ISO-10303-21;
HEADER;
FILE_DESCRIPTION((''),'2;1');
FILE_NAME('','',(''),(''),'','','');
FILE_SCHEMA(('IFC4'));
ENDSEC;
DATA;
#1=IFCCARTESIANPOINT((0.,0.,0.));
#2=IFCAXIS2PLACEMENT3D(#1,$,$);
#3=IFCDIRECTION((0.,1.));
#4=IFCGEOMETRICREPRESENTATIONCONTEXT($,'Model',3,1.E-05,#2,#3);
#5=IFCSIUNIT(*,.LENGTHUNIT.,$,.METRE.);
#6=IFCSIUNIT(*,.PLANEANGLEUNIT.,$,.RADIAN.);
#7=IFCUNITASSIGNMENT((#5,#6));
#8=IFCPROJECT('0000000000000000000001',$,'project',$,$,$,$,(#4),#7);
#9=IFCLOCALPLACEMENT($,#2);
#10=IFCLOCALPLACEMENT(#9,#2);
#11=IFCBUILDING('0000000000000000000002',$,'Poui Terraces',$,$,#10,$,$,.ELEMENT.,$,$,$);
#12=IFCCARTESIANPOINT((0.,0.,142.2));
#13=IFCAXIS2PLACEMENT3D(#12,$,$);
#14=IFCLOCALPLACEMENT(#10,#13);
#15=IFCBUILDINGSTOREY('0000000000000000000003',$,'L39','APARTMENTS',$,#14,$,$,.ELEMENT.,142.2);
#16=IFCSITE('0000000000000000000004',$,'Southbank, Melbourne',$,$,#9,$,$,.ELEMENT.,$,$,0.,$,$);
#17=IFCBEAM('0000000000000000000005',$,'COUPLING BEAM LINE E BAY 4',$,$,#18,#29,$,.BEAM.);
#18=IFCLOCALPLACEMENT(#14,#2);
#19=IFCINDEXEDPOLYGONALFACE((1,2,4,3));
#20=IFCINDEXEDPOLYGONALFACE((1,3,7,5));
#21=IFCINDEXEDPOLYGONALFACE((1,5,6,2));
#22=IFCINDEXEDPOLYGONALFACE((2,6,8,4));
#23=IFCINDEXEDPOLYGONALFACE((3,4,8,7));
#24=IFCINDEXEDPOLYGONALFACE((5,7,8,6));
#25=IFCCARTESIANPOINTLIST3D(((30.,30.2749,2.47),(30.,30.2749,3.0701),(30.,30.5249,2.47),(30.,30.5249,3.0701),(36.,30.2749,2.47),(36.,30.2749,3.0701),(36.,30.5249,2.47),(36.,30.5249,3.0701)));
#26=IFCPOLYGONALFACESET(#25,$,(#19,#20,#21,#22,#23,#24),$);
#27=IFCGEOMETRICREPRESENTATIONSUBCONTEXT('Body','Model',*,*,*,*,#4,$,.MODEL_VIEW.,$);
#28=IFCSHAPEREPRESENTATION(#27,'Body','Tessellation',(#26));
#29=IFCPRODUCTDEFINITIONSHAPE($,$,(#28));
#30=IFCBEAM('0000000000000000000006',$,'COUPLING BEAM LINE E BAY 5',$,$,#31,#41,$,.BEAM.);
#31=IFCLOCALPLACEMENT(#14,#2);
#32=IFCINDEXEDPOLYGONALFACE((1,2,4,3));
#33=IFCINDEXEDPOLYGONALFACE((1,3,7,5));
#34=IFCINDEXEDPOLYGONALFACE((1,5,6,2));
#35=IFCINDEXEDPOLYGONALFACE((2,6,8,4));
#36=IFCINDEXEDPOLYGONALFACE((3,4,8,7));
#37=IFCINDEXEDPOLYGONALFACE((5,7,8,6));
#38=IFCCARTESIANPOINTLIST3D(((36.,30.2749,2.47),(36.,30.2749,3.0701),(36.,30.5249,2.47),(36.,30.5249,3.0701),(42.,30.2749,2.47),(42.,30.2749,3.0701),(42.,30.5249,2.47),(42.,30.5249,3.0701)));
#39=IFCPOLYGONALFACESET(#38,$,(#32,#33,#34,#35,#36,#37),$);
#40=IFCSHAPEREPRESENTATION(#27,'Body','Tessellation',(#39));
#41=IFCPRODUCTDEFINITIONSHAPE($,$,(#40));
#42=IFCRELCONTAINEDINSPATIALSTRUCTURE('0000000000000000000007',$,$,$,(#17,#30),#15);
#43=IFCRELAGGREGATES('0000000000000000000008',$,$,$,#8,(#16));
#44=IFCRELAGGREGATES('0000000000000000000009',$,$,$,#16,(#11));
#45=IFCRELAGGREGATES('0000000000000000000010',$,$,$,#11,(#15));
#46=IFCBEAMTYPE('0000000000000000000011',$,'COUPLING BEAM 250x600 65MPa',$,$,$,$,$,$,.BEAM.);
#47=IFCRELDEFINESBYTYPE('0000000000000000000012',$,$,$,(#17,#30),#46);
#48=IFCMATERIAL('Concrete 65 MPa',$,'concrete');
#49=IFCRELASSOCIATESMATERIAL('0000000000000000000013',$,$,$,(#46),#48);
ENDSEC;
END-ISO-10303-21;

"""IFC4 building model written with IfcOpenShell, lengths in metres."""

from ifc_helpers import new_model, si_unit, direction, frame, origin, origin_2d, place, context, subcontext, project, spatial, rectangle, extrude, source, transform, mapped, material, material_profile, profile_set, type_object, element, save


model = new_model("IFC4")

# Units and contexts
model_context = context("Model", 3, precision=1e-05, world=origin(), true_north=direction((0.0, 1.0)))
body_context = subcontext(model_context, "Body", "Model", "MODEL_VIEW")
ifc_project = project(units=[si_unit("LENGTHUNIT", "METRE"), si_unit("PLANEANGLEUNIT", "RADIAN")], contexts=[model_context])

# Site, building, storey
site_placement = place(None, origin())
site = spatial("IfcSite", under=ifc_project, at=site_placement, Name="Southbank, Melbourne", CompositionType="ELEMENT", RefElevation=0.0)
building_placement = place(site_placement, origin())
building = spatial("IfcBuilding", under=site, at=building_placement, Name="Poui Terraces", CompositionType="ELEMENT")
storey_placement = place(building_placement, frame((0.0, 0.0, 142.2)))
storey = spatial("IfcBuildingStorey", under=building, at=storey_placement, Name="L39", Description="APARTMENTS", CompositionType="ELEMENT", Elevation=142.2)

# Beams
ifc_material_1 = material(Name="Concrete 65 MPa", Category="concrete")
ifc_material_profile = material_profile(ifc_material_1, rectangle(XDim=0.25, YDim=0.6001, at=origin_2d()), Name="RC 250x600")
ifc_profile_set = profile_set([ifc_material_profile], Name="Concrete 65 MPa")
beam_type = type_object("IfcBeamType", Name="COUPLING BEAM 250x600 65MPa", PredefinedType="BEAM", material=ifc_profile_set)
shared_shape = source(origin(), body_context, "Body", "SweptSolid", [
    extrude(rectangle(XDim=0.25, YDim=0.6001, at=origin_2d()), origin(), (0.0, 0.0, 1.0), 6.0),
])
for number, where, z_axis, x_axis, name in (
    (1, (30.0, 30.3999, 2.77), (1.0, 0.0, 0.0), (0.0, 1.0, 0.0), "COUPLING BEAM LINE E BAY 4"),
    (2, (36.0, 30.3999, 2.77), (1.0, 0.0, 0.0), (0.0, 1.0, 0.0), "COUPLING BEAM LINE E BAY 5"),
):
    element("IfcBeam", number, at=place(storey_placement, frame(where, z_axis=z_axis, x_axis=x_axis)), inside=storey, type_object=beam_type, Name=name, PredefinedType="BEAM", context=body_context, shape_type="MappedRepresentation", body=[
        mapped(shared_shape, transform((0.0, 0.0, 0.0))),
    ])

save(model, "model.ifc")
